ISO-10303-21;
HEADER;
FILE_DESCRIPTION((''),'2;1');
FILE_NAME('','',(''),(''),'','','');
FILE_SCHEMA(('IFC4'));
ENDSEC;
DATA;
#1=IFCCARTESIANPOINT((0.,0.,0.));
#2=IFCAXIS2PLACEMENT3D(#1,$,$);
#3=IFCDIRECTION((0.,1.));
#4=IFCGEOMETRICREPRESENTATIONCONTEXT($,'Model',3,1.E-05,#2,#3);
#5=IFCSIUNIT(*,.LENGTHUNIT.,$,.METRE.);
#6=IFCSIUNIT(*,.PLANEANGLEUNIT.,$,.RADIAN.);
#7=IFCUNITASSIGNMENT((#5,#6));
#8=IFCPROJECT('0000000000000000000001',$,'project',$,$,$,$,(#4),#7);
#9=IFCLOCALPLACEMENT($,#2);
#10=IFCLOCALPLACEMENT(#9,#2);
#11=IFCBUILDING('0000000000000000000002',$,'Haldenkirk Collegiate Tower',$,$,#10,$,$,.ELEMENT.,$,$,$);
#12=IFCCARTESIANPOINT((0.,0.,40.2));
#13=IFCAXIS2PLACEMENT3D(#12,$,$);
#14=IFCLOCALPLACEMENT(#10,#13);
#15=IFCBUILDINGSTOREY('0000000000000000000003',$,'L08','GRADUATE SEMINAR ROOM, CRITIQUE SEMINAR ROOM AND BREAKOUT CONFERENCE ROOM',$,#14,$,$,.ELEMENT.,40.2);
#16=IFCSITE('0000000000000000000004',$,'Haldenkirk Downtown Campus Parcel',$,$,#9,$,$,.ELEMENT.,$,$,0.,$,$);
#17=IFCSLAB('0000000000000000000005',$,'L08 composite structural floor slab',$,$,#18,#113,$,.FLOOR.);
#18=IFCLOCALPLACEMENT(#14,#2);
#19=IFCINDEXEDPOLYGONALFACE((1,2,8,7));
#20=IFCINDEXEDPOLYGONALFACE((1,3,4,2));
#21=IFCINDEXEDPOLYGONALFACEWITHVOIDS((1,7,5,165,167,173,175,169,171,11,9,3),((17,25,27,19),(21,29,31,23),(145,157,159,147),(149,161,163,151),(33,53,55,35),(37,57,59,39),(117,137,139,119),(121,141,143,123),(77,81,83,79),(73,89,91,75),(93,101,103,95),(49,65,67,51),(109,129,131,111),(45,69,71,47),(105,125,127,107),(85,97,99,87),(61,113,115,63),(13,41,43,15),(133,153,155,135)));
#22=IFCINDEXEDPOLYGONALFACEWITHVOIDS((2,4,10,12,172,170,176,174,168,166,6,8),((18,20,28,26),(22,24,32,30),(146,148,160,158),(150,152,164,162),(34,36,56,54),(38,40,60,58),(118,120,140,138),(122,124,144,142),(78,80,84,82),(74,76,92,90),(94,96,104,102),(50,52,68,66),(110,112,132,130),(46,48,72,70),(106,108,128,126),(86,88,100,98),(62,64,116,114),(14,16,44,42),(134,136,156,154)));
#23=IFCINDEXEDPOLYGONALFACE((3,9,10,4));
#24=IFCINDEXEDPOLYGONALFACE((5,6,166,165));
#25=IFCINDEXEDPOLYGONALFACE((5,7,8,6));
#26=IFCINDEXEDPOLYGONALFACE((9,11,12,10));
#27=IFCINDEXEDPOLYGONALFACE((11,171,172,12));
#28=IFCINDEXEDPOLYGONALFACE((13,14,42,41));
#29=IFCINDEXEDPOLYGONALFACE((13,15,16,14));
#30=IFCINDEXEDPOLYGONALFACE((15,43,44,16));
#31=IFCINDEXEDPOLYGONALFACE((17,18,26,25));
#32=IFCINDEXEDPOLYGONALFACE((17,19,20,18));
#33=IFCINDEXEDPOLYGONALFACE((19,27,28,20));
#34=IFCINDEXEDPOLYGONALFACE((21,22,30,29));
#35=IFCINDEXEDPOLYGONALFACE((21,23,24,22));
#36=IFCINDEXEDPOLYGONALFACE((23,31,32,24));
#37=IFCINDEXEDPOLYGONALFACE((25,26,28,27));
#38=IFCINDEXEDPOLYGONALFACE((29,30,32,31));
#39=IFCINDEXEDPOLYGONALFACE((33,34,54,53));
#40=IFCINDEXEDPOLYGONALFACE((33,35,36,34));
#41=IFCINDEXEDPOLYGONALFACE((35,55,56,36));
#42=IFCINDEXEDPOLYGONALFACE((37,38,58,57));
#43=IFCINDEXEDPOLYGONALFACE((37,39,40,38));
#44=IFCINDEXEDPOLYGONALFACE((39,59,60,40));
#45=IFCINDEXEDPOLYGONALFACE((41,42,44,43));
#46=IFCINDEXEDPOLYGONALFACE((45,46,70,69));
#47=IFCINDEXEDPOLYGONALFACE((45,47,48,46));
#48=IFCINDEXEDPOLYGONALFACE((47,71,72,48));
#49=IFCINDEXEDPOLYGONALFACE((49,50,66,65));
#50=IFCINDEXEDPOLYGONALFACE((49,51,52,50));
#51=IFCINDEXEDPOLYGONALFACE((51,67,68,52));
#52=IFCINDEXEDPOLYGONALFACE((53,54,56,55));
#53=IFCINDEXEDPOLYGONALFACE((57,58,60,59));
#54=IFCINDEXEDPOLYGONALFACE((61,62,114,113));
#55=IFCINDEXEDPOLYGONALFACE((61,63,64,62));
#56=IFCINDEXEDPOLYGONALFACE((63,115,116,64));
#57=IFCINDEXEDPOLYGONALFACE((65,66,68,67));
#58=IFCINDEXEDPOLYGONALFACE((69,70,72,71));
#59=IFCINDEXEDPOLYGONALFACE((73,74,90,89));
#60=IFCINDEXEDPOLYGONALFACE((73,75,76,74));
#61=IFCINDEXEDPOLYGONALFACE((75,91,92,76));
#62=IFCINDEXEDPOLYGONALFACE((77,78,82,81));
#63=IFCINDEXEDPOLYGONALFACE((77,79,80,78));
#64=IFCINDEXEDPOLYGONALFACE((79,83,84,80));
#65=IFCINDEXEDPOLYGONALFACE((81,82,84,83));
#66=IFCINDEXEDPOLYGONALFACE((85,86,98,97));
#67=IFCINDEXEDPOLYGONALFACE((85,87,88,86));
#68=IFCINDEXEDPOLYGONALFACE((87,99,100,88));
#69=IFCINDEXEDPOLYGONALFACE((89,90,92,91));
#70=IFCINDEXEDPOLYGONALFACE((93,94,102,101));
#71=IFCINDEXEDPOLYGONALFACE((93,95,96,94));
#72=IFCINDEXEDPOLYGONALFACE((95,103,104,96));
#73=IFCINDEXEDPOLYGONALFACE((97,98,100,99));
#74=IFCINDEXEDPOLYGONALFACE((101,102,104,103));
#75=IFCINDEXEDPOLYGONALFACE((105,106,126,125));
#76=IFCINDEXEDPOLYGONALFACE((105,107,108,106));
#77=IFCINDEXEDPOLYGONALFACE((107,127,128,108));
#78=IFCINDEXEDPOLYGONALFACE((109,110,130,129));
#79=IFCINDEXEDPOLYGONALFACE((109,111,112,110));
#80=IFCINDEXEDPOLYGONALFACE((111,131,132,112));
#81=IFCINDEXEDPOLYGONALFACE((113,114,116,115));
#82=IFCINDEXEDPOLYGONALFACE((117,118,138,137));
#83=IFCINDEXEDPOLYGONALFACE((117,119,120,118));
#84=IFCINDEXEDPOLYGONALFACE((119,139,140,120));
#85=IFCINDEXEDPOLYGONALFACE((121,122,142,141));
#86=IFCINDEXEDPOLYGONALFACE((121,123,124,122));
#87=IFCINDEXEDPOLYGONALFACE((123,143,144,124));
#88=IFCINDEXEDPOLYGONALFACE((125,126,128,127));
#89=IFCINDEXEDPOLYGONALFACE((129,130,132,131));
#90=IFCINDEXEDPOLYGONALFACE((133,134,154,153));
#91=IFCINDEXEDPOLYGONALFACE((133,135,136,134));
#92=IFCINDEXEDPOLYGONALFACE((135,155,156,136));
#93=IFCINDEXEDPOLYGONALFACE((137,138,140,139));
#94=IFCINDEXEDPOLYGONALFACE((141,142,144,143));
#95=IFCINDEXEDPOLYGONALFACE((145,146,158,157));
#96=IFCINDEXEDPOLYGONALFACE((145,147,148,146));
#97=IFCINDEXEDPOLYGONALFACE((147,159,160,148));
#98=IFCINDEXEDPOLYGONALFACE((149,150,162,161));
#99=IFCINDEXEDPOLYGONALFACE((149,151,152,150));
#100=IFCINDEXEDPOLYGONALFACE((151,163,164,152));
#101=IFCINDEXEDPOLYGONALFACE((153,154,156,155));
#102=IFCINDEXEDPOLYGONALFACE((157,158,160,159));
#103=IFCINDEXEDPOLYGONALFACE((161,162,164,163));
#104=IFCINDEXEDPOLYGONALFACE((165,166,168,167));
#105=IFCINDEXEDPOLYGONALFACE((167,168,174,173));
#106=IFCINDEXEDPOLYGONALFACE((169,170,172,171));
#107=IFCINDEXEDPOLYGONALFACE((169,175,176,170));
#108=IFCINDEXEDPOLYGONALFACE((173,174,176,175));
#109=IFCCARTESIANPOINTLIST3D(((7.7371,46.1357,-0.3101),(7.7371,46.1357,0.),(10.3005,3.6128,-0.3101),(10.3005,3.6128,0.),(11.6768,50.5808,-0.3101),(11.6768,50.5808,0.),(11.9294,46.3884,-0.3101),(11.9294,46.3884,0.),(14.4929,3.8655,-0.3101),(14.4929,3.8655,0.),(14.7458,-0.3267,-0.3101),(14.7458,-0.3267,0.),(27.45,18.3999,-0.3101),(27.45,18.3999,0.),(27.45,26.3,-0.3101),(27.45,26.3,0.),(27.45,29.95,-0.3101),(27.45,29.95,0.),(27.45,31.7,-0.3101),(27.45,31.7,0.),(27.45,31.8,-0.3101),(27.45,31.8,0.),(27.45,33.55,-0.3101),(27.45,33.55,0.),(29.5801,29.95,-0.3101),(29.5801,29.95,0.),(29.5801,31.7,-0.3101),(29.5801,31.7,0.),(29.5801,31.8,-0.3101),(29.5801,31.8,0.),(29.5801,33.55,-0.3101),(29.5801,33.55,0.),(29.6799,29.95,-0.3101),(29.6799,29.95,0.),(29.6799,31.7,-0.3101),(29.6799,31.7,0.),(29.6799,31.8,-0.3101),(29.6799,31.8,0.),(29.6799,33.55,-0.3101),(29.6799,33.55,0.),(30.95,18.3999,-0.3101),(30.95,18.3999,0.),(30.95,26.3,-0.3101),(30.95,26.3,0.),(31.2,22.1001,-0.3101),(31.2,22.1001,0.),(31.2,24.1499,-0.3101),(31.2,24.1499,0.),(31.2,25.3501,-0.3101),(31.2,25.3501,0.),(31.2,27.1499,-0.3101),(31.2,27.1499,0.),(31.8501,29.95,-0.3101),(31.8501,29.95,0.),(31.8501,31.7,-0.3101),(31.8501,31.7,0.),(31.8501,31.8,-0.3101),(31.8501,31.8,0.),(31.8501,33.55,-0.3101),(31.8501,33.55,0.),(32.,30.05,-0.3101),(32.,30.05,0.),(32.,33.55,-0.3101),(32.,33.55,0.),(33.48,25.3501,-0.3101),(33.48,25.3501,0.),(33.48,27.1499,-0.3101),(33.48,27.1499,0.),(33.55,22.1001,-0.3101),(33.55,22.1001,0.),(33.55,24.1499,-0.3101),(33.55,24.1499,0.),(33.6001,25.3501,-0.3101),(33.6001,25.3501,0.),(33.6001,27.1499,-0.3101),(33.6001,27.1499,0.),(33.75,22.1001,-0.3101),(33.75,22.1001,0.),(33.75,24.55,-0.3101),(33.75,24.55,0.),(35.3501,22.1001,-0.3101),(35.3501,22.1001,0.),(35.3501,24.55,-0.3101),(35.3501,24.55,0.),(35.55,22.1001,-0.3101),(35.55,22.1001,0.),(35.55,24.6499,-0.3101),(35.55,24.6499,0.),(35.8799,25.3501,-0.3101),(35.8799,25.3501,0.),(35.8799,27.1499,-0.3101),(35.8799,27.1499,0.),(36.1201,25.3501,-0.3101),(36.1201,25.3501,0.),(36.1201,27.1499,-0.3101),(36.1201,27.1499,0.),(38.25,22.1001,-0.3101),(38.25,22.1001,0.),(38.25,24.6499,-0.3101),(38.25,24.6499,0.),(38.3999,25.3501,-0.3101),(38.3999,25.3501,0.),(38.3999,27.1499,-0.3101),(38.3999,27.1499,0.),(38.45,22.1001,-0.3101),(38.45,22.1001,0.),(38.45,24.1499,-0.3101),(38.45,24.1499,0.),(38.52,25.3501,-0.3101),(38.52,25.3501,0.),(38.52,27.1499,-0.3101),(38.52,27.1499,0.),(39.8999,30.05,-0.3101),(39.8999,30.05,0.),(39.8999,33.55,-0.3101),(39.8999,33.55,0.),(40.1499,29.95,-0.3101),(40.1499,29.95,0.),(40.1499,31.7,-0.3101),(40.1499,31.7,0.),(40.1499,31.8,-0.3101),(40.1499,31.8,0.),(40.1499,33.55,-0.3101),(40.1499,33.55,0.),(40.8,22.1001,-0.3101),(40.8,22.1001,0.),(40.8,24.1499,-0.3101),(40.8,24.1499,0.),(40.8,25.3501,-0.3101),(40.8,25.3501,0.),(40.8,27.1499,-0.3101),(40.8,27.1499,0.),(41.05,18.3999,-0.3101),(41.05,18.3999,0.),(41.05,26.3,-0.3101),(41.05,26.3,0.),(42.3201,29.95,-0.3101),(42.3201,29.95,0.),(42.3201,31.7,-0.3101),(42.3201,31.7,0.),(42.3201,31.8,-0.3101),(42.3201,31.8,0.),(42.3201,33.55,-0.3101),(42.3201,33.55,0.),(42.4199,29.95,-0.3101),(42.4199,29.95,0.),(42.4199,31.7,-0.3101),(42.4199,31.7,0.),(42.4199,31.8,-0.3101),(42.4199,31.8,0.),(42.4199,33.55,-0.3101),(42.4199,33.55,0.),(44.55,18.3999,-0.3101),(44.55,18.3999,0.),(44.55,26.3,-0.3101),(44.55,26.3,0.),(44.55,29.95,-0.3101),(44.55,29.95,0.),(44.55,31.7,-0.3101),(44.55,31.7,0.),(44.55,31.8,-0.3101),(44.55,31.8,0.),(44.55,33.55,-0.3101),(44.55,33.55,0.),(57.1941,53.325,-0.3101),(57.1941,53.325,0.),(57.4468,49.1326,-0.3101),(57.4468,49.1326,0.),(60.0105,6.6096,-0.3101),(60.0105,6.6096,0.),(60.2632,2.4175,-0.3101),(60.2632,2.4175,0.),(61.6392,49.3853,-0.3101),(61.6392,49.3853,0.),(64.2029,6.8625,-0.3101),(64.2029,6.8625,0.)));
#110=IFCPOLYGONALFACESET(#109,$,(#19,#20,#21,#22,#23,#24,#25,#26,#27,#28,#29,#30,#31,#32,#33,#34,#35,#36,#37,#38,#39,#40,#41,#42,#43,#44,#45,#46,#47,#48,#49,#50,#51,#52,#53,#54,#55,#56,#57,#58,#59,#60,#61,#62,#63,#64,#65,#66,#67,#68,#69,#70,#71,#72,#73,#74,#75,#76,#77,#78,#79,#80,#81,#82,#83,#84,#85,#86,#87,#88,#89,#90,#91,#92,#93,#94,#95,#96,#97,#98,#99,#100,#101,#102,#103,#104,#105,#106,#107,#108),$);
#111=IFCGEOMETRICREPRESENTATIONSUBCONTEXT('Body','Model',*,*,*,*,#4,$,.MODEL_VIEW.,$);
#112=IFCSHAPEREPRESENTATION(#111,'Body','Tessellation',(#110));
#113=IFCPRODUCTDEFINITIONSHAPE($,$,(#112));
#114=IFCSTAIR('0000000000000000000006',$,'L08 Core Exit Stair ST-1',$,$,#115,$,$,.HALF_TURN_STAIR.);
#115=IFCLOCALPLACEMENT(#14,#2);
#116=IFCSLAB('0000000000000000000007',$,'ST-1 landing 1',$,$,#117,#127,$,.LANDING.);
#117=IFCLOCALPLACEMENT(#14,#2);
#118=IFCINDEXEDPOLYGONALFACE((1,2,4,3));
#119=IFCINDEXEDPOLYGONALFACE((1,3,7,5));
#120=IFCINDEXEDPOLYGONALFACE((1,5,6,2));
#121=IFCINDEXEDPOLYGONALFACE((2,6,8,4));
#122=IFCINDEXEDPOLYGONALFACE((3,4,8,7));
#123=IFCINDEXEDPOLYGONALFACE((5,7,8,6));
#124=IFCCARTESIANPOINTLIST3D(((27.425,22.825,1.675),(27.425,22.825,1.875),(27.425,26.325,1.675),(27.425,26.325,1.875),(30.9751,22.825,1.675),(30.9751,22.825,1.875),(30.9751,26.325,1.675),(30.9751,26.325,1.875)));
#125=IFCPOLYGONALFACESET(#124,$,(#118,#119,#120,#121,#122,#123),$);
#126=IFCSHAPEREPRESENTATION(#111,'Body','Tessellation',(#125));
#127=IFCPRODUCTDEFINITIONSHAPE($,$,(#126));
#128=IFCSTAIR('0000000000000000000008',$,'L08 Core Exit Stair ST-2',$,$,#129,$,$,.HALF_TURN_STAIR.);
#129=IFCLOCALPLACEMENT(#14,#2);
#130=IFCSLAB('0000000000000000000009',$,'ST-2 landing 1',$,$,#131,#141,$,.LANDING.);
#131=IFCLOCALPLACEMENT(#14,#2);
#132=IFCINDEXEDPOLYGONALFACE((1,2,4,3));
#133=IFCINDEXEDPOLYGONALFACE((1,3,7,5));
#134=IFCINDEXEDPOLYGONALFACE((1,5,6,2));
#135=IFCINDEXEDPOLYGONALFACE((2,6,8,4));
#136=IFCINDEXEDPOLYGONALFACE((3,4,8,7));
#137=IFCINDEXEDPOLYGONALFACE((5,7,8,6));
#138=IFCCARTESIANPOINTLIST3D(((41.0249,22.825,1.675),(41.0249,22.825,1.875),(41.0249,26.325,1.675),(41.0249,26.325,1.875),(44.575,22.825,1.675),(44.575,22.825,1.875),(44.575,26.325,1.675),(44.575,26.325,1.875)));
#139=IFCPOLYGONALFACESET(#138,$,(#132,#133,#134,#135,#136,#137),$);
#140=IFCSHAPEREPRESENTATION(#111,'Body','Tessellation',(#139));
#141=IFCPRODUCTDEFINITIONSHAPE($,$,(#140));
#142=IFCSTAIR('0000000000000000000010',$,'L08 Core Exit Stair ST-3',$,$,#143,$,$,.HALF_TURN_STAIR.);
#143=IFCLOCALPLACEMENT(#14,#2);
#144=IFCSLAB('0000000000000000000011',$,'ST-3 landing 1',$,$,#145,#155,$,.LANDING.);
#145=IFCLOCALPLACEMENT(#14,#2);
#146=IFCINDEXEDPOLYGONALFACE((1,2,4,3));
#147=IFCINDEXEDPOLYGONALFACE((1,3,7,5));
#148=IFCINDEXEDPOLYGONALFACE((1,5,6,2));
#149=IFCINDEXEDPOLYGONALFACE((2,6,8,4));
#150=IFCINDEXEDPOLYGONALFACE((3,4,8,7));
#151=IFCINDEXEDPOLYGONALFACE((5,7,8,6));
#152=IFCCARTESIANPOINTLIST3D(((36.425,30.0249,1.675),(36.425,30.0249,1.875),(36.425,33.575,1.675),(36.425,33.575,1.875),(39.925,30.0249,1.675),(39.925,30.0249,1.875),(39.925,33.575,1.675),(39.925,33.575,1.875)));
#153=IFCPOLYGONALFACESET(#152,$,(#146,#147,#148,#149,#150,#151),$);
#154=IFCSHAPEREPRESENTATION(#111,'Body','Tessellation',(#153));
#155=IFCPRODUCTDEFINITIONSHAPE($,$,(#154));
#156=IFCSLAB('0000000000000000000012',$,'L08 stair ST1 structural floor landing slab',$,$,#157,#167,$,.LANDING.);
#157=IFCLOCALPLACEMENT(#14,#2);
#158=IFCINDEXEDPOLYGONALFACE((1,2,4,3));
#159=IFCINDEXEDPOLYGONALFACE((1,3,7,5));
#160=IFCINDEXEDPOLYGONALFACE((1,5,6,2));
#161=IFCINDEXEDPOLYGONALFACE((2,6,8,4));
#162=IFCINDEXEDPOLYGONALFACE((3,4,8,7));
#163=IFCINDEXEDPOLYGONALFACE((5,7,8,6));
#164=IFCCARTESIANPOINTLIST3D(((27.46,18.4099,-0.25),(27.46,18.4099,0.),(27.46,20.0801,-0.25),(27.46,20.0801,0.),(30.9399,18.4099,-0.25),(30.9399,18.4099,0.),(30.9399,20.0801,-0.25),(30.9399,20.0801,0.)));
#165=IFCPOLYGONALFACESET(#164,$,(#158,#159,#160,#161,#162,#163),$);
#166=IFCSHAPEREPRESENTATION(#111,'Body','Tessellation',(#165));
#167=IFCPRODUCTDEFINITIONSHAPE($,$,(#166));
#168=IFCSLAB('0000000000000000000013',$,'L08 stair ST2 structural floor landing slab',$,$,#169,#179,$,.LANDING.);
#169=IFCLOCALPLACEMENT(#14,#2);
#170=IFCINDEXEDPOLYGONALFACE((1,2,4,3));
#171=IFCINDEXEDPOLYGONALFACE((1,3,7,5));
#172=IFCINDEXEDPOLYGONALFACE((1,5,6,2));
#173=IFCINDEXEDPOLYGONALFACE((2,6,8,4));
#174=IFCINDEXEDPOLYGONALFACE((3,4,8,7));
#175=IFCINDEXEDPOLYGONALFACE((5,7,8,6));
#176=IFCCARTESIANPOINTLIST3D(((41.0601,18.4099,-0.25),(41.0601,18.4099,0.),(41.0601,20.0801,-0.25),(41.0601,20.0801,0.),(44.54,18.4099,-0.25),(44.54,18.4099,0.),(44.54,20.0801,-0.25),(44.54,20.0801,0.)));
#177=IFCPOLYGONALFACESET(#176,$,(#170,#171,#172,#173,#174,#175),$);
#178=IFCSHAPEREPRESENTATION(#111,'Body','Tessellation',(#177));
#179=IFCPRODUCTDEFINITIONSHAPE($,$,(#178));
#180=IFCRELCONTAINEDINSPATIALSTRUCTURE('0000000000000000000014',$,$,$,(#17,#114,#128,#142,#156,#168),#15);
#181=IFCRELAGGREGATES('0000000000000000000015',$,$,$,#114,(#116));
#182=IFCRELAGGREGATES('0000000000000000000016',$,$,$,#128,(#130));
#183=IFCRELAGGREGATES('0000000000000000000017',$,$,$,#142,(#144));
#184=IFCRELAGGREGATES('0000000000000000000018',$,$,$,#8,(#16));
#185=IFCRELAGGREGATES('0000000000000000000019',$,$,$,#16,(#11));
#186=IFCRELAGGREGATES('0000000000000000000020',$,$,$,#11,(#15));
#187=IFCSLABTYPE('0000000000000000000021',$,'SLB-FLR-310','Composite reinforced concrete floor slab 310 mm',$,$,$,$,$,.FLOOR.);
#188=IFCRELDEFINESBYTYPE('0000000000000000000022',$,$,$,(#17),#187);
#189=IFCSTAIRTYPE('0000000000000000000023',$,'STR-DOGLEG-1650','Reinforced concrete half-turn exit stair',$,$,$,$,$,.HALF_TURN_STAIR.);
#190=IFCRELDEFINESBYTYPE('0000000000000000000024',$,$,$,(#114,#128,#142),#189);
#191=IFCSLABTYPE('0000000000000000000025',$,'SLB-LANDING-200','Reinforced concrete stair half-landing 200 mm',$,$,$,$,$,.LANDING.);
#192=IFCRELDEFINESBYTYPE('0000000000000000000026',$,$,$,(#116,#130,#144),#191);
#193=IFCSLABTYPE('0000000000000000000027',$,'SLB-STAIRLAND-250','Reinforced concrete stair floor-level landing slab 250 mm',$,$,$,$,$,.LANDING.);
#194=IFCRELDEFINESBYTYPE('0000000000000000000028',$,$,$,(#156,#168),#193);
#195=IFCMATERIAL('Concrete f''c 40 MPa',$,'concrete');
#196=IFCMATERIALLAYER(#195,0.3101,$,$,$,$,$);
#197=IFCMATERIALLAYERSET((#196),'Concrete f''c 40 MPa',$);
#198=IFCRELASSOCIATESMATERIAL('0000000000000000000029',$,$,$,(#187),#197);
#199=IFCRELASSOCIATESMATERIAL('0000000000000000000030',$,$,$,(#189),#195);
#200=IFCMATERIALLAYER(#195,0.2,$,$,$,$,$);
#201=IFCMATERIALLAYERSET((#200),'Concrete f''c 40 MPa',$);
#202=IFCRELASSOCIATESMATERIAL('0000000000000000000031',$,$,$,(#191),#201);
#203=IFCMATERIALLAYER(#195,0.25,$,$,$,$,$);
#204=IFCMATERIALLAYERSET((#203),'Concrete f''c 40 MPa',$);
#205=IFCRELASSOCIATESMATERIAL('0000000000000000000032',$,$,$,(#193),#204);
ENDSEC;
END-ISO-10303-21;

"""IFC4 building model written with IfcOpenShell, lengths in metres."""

from ifc_helpers import new_model, si_unit, direction, frame, origin, place, context, subcontext, project, spatial, polyline, outline, extrude, material, layer, layer_set, type_object, element, aggregate, save


model = new_model("IFC4")

# Units and contexts
model_context = context("Model", 3, precision=1e-05, world=origin(), true_north=direction((0.0, 1.0)))
body_context = subcontext(model_context, "Body", "Model", "MODEL_VIEW")
ifc_project = project(units=[si_unit("LENGTHUNIT", "METRE"), si_unit("PLANEANGLEUNIT", "RADIAN")], contexts=[model_context])

# Site, building, storey
site_placement = place(None, origin())
site = spatial("IfcSite", under=ifc_project, at=site_placement, Name="Haldenkirk Downtown Campus Parcel", CompositionType="ELEMENT", RefElevation=0.0)
building_placement = place(site_placement, origin())
building = spatial("IfcBuilding", under=site, at=building_placement, Name="Haldenkirk Collegiate Tower", CompositionType="ELEMENT")
storey_placement = place(building_placement, frame((0.0, 0.0, 40.2)))
storey = spatial("IfcBuildingStorey", under=building, at=storey_placement, Name="L08", Description="GRADUATE SEMINAR ROOM, CRITIQUE SEMINAR ROOM AND BREAKOUT CONFERENCE ROOM", CompositionType="ELEMENT", Elevation=40.2)

# Slab
ifc_material_1 = material(Name="Concrete f'c 40 MPa", Category="concrete")
ifc_layer_1 = layer(ifc_material_1, 0.3101)
ifc_layer_set_1 = layer_set([ifc_layer_1], Name="Concrete f'c 40 MPa")
slab_type_1 = type_object("IfcSlabType", Name="SLB-FLR-310", Description="Composite reinforced concrete floor slab 310 mm", PredefinedType="FLOOR", material=ifc_layer_set_1)
slab_1_placement = place(storey_placement, frame((0.0, 0.0, -0.3101)))
element("IfcSlab", 1, at=slab_1_placement, inside=storey, type_object=slab_type_1, Name="L08 composite structural floor slab", PredefinedType="FLOOR", context=body_context, shape_type="SweptSolid", body=[
    extrude(outline(polyline([(14.7458, -0.3267), (60.2632, 2.4175), (60.0105, 6.6096), (64.2029, 6.8625), (61.6392, 49.3853), (57.4468, 49.1326), (57.1941, 53.325), (11.6768, 50.5808), (11.9294, 46.3884), (7.7371, 46.1357), (10.3005, 3.6128), (14.4929, 3.8655), (14.7458, -0.3267)]), holes=[polyline([(27.45, 18.3999), (30.95, 18.3999), (30.95, 26.3), (27.45, 26.3), (27.45, 18.3999)]), polyline([(41.05, 18.3999), (44.55, 18.3999), (44.55, 26.3), (41.05, 26.3), (41.05, 18.3999)]), polyline([(32.0, 30.05), (39.8999, 30.05), (39.8999, 33.55), (32.0, 33.55), (32.0, 30.05)]), polyline([(33.75, 22.1001), (35.3501, 22.1001), (35.3501, 24.55), (33.75, 24.55), (33.75, 22.1001)]), polyline([(27.45, 29.95), (29.5801, 29.95), (29.5801, 31.7), (27.45, 31.7), (27.45, 29.95)]), polyline([(29.6799, 29.95), (31.8501, 29.95), (31.8501, 31.7), (29.6799, 31.7), (29.6799, 29.95)]), polyline([(27.45, 31.8), (29.5801, 31.8), (29.5801, 33.55), (27.45, 33.55), (27.45, 31.8)]), polyline([(29.6799, 31.8), (31.8501, 31.8), (31.8501, 33.55), (29.6799, 33.55), (29.6799, 31.8)]), polyline([(40.1499, 29.95), (42.3201, 29.95), (42.3201, 31.7), (40.1499, 31.7), (40.1499, 29.95)]), polyline([(42.4199, 29.95), (44.55, 29.95), (44.55, 31.7), (42.4199, 31.7), (42.4199, 29.95)]), polyline([(40.1499, 31.8), (42.3201, 31.8), (42.3201, 33.55), (40.1499, 33.55), (40.1499, 31.8)]), polyline([(42.4199, 31.8), (44.55, 31.8), (44.55, 33.55), (42.4199, 33.55), (42.4199, 31.8)]), polyline([(31.2, 25.3501), (33.48, 25.3501), (33.48, 27.1499), (31.2, 27.1499), (31.2, 25.3501)]), polyline([(33.6001, 25.3501), (35.8799, 25.3501), (35.8799, 27.1499), (33.6001, 27.1499), (33.6001, 25.3501)]), polyline([(36.1201, 25.3501), (38.3999, 25.3501), (38.3999, 27.1499), (36.1201, 27.1499), (36.1201, 25.3501)]), polyline([(38.52, 25.3501), (40.8, 25.3501), (40.8, 27.1499), (38.52, 27.1499), (38.52, 25.3501)]), polyline([(31.2, 22.1001), (33.55, 22.1001), (33.55, 24.1499), (31.2, 24.1499), (31.2, 22.1001)]), polyline([(38.45, 22.1001), (40.8, 22.1001), (40.8, 24.1499), (38.45, 24.1499), (38.45, 22.1001)]), polyline([(35.55, 22.1001), (38.25, 22.1001), (38.25, 24.6499), (35.55, 24.6499), (35.55, 22.1001)])]), origin(), (0.0, 0.0, 1.0), 0.3101),
])

# Stairs, slabs
stair_type = type_object("IfcStairType", Name="STR-DOGLEG-1650", Description="Reinforced concrete half-turn exit stair", PredefinedType="HALF_TURN_STAIR", material=ifc_material_1)
stair_1_placement = place(storey_placement, origin())
stair_1 = element("IfcStair", 2, at=stair_1_placement, inside=storey, type_object=stair_type, Name="L08 Core Exit Stair ST-1", PredefinedType="HALF_TURN_STAIR")
ifc_layer_2 = layer(ifc_material_1, 0.2)
ifc_layer_set_2 = layer_set([ifc_layer_2], Name="Concrete f'c 40 MPa")
slab_type_2 = type_object("IfcSlabType", Name="SLB-LANDING-200", Description="Reinforced concrete stair half-landing 200 mm", PredefinedType="LANDING", material=ifc_layer_set_2)
slab_2_placement = place(storey_placement, frame((0.0, 0.0, 1.675)))
slab_2 = element("IfcSlab", 3, at=slab_2_placement, type_object=slab_type_2, Name="ST-1 landing 1", PredefinedType="LANDING", context=body_context, shape_type="SweptSolid", body=[
    extrude(outline(polyline([(30.9751, 22.825), (27.425, 22.825), (27.425, 26.325), (30.9751, 26.325), (30.9751, 22.825)])), origin(), (0.0, 0.0, 1.0), 0.2),
])
aggregate(stair_1, [slab_2])
stair_2_placement = place(storey_placement, origin())
stair_2 = element("IfcStair", 4, at=stair_2_placement, inside=storey, type_object=stair_type, Name="L08 Core Exit Stair ST-2", PredefinedType="HALF_TURN_STAIR")
slab_3_placement = place(storey_placement, frame((0.0, 0.0, 1.675)))
slab_3 = element("IfcSlab", 5, at=slab_3_placement, type_object=slab_type_2, Name="ST-2 landing 1", PredefinedType="LANDING", context=body_context, shape_type="SweptSolid", body=[
    extrude(outline(polyline([(44.575, 22.825), (41.0249, 22.825), (41.0249, 26.325), (44.575, 26.325), (44.575, 22.825)])), origin(), (0.0, 0.0, 1.0), 0.2),
])
aggregate(stair_2, [slab_3])
stair_3_placement = place(storey_placement, origin())
stair_3 = element("IfcStair", 6, at=stair_3_placement, inside=storey, type_object=stair_type, Name="L08 Core Exit Stair ST-3", PredefinedType="HALF_TURN_STAIR")
slab_4_placement = place(storey_placement, frame((0.0, 0.0, 1.675)))
slab_4 = element("IfcSlab", 7, at=slab_4_placement, type_object=slab_type_2, Name="ST-3 landing 1", PredefinedType="LANDING", context=body_context, shape_type="SweptSolid", body=[
    extrude(outline(polyline([(36.425, 30.0249), (36.425, 33.575), (39.925, 33.575), (39.925, 30.0249), (36.425, 30.0249)])), origin(), (0.0, 0.0, 1.0), 0.2),
])
aggregate(stair_3, [slab_4])

# Slabs
ifc_layer_3 = layer(ifc_material_1, 0.25)
ifc_layer_set_3 = layer_set([ifc_layer_3], Name="Concrete f'c 40 MPa")
slab_type_3 = type_object("IfcSlabType", Name="SLB-STAIRLAND-250", Description="Reinforced concrete stair floor-level landing slab 250 mm", PredefinedType="LANDING", material=ifc_layer_set_3)
slab_5_placement = place(storey_placement, frame((0.0, 0.0, -0.25)))
element("IfcSlab", 8, at=slab_5_placement, inside=storey, type_object=slab_type_3, Name="L08 stair ST1 structural floor landing slab", PredefinedType="LANDING", context=body_context, shape_type="SweptSolid", body=[
    extrude(outline(polyline([(27.46, 18.4099), (30.9399, 18.4099), (30.9399, 20.0801), (27.46, 20.0801), (27.46, 18.4099)])), origin(), (0.0, 0.0, 1.0), 0.25),
])
slab_6_placement = place(storey_placement, frame((0.0, 0.0, -0.25)))
element("IfcSlab", 9, at=slab_6_placement, inside=storey, type_object=slab_type_3, Name="L08 stair ST2 structural floor landing slab", PredefinedType="LANDING", context=body_context, shape_type="SweptSolid", body=[
    extrude(outline(polyline([(41.0601, 18.4099), (44.54, 18.4099), (44.54, 20.0801), (41.0601, 20.0801), (41.0601, 18.4099)])), origin(), (0.0, 0.0, 1.0), 0.25),
])

save(model, "model.ifc")
